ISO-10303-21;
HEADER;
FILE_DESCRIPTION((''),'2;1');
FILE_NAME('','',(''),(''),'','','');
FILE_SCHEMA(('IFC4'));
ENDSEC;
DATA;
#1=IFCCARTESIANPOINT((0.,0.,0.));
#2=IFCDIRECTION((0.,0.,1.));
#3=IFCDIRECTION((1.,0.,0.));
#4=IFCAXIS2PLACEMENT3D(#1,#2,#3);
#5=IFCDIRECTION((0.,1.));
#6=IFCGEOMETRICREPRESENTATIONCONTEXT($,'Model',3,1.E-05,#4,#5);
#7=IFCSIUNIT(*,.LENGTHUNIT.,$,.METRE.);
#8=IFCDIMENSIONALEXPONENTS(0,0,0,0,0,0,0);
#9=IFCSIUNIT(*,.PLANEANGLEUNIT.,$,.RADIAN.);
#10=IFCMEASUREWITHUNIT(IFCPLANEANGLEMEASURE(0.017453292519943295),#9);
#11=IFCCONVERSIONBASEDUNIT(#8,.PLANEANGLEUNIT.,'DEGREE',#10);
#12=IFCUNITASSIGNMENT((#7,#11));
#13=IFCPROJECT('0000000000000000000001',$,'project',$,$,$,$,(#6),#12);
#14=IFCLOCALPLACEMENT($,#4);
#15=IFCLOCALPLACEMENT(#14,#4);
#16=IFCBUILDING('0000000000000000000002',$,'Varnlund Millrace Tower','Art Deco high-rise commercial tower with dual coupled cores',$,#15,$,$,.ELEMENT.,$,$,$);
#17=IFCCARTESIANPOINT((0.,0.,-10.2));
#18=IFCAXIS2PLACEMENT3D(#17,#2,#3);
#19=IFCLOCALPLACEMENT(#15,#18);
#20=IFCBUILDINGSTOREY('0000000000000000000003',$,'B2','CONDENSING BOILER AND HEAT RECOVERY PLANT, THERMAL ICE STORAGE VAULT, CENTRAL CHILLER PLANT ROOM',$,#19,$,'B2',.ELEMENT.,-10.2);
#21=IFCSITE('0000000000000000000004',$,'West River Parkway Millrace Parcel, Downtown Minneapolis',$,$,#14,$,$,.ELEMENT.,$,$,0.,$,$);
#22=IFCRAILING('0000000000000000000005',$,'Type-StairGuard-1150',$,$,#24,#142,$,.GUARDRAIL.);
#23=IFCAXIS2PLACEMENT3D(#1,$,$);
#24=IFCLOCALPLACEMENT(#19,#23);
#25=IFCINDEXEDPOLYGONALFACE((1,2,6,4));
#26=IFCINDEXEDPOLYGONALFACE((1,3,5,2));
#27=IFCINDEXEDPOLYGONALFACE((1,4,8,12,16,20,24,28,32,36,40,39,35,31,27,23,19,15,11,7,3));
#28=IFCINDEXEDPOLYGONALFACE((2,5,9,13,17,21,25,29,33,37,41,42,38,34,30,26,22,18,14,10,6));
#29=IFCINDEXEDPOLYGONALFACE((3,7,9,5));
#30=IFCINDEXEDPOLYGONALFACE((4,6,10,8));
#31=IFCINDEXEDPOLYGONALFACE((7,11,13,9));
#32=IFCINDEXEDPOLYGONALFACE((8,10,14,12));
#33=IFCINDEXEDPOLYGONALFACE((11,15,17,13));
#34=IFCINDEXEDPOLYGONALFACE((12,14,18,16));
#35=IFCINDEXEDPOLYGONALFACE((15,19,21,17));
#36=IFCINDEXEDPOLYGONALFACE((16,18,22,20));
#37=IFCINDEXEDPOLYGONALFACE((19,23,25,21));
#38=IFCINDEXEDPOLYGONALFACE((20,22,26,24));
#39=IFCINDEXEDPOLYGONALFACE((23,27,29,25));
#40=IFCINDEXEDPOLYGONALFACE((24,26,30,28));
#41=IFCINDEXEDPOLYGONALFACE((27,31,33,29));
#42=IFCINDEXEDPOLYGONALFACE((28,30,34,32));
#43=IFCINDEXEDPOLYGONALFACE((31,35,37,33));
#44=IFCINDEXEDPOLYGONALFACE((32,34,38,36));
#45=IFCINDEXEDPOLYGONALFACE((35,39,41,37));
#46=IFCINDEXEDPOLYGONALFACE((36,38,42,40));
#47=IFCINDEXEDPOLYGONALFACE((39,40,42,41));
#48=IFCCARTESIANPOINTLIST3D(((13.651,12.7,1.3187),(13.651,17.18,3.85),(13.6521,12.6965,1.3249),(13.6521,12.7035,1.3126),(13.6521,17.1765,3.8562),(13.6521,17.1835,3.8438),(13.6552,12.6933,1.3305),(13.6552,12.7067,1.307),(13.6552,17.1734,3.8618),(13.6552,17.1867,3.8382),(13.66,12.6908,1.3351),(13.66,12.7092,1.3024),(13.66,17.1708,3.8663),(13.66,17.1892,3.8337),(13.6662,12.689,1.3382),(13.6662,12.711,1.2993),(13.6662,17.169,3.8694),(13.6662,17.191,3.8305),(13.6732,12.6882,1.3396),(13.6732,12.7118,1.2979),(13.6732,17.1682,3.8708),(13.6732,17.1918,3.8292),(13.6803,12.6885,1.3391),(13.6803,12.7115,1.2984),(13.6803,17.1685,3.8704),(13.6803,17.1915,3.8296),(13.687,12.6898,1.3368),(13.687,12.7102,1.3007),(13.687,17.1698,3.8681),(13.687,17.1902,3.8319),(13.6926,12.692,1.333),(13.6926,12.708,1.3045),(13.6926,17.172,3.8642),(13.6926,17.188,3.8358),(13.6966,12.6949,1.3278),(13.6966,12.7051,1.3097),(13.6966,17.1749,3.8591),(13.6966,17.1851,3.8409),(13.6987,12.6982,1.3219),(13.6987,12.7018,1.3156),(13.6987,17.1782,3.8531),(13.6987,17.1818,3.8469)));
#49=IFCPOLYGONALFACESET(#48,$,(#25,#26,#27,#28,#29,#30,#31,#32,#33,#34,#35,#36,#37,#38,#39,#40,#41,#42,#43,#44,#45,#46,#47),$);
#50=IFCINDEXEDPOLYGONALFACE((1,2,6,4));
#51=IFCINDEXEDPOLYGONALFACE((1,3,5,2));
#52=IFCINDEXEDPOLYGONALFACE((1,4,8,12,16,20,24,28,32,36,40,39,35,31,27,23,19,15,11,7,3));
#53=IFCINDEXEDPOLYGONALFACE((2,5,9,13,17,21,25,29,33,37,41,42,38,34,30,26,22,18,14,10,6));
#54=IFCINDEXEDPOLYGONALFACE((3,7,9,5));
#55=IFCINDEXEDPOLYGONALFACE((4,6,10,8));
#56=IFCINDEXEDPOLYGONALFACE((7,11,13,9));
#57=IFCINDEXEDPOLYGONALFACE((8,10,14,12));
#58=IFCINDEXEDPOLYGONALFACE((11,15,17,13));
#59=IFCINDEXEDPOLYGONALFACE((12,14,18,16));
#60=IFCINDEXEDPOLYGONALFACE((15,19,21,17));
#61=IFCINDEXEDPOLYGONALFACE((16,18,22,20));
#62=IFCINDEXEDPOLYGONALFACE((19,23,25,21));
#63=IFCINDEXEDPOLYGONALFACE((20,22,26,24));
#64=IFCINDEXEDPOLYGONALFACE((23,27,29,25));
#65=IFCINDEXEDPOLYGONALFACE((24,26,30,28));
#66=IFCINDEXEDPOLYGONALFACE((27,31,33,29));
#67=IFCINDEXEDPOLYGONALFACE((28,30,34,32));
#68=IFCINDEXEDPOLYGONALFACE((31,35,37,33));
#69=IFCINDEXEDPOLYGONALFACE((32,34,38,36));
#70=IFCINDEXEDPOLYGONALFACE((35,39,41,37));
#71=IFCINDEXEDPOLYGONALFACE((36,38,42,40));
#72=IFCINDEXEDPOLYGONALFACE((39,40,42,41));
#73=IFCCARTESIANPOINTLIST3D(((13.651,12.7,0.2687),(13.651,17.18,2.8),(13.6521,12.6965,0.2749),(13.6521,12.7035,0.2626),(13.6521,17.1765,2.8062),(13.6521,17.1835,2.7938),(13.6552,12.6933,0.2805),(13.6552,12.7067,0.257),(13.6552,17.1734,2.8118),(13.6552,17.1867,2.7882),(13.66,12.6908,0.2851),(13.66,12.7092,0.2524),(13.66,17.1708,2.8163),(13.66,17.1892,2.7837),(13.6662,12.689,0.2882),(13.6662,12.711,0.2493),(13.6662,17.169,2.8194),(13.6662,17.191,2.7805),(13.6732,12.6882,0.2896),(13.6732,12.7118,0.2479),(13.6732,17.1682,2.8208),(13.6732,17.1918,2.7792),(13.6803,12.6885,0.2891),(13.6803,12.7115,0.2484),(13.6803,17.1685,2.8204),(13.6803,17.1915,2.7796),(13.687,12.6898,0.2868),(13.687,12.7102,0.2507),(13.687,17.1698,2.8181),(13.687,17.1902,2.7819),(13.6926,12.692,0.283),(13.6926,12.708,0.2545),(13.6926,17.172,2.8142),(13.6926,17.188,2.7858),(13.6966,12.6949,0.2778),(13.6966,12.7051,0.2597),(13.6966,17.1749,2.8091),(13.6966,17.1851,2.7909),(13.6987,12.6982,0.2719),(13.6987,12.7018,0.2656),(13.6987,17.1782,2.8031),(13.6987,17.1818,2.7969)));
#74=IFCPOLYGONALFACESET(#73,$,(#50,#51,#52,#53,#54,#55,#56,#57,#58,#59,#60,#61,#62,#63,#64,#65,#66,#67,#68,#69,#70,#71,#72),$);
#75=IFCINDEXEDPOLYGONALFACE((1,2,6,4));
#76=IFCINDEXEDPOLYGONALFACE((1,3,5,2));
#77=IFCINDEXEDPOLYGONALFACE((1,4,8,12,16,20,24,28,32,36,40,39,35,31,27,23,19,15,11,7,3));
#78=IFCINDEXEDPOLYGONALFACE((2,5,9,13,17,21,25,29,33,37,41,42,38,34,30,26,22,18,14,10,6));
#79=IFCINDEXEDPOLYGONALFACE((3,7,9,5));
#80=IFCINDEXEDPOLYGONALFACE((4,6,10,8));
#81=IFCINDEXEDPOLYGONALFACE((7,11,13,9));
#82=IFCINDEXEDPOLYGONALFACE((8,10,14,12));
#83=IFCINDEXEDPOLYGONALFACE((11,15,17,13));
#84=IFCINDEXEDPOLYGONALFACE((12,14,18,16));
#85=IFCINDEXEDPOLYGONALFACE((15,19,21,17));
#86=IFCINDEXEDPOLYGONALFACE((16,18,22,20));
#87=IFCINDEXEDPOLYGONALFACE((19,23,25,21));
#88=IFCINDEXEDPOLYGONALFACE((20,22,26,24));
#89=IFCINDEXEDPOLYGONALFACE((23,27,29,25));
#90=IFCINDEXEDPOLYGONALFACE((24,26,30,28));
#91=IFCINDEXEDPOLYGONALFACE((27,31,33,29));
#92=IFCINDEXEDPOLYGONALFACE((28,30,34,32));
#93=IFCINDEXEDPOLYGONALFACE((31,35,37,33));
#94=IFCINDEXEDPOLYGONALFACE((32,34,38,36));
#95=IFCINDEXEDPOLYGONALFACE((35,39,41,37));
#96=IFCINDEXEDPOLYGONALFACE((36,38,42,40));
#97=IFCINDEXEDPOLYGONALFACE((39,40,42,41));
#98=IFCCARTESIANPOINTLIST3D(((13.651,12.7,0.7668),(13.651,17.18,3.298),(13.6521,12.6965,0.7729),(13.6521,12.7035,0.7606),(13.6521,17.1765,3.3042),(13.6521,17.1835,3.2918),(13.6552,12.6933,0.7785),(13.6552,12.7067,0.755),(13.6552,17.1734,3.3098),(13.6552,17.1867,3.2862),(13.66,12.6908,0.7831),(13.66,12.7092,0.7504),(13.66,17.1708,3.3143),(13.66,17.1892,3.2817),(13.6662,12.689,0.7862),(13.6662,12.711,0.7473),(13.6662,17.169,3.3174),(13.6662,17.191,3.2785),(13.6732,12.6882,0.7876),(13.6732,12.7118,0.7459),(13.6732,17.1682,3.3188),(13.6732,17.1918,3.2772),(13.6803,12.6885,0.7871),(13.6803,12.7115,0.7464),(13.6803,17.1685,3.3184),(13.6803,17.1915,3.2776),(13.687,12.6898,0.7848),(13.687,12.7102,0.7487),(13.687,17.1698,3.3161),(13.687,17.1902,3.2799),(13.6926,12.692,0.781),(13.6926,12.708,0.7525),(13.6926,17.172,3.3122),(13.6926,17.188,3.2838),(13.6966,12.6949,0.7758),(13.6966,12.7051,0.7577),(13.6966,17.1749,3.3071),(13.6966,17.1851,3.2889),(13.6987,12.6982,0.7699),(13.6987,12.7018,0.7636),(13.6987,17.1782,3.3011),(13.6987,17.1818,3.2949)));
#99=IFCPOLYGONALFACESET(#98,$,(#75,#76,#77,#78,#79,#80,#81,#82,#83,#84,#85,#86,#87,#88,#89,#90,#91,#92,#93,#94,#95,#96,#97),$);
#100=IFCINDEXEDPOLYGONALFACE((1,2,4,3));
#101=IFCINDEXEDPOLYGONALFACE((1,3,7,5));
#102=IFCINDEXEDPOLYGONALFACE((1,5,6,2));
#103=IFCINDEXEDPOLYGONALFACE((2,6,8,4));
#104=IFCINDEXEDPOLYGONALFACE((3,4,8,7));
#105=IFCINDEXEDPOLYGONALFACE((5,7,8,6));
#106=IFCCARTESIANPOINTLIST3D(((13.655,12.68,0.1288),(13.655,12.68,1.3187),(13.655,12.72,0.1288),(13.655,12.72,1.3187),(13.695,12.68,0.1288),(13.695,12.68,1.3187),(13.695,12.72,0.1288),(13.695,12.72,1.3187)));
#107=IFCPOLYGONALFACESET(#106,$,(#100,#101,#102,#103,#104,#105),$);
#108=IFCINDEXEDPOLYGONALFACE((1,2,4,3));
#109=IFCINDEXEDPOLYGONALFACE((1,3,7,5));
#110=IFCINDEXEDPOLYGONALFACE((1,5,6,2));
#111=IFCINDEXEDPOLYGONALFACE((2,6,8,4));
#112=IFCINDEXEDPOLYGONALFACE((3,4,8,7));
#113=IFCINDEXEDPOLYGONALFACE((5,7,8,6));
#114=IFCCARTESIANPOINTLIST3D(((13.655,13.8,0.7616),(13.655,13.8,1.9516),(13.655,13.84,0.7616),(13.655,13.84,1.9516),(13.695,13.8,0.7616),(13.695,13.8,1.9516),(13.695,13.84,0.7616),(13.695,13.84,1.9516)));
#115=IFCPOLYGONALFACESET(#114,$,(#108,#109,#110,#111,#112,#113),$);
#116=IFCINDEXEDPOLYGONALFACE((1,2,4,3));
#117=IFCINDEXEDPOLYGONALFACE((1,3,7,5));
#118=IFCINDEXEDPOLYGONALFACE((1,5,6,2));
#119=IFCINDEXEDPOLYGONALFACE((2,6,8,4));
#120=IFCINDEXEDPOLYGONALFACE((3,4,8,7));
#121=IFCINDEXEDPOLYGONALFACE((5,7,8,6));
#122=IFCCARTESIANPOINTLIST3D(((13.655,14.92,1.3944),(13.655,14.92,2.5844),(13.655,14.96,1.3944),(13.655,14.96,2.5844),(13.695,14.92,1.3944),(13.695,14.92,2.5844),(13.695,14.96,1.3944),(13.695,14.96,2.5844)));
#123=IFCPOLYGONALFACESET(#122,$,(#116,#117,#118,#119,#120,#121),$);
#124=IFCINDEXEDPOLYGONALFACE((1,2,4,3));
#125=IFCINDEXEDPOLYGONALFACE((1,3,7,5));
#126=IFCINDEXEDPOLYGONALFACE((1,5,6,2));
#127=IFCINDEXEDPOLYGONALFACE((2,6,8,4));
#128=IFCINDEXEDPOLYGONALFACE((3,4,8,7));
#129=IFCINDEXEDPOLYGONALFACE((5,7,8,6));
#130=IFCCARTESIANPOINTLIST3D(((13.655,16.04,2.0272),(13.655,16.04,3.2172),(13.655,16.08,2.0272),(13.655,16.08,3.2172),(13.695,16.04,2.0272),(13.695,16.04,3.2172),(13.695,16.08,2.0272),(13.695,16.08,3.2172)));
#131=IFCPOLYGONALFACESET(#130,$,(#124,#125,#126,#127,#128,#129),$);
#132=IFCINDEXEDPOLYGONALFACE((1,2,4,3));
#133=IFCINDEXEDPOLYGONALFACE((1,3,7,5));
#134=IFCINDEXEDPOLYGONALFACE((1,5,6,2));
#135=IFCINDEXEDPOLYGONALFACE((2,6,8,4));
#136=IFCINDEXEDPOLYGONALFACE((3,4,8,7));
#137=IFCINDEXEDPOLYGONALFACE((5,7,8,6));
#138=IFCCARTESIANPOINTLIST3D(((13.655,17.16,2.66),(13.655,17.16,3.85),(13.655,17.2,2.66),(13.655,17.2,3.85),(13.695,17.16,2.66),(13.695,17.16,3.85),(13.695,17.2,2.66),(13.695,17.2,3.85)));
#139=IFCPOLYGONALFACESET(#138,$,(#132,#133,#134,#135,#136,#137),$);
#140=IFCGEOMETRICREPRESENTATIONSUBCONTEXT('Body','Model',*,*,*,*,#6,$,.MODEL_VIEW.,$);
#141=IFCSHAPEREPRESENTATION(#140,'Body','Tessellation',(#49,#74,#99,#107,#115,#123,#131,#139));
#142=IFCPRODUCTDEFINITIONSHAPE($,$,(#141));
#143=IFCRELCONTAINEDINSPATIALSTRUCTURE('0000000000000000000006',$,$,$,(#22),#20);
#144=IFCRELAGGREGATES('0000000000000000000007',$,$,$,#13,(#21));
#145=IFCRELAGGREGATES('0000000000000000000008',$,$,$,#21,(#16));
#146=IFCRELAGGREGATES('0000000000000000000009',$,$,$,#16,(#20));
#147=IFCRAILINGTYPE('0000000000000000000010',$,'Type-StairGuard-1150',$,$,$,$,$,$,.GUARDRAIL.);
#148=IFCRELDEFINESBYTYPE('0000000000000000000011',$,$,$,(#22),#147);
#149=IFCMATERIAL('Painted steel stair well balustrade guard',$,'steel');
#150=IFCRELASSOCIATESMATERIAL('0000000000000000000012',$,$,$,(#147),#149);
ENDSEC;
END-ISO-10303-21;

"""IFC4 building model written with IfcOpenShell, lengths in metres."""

from ifc_helpers import new_model, entity, si_unit, converted_unit, direction, frame, origin_with_axes, origin_2d_with_axis, place, context, subcontext, project, spatial, rectangle, circle, extrude, material, type_object, element, save


model = new_model("IFC4")

# Units and contexts
model_context = context("Model", 3, precision=1e-05, world=origin_with_axes(), true_north=direction((0.0, 1.0)))
body_context = subcontext(model_context, "Body", "Model", "MODEL_VIEW")
ifc_project = project(units=[si_unit("LENGTHUNIT", "METRE"), converted_unit("PLANEANGLEUNIT", "DEGREE", entity("IfcPlaneAngleMeasure", 0.017453292519943295), si_unit("PLANEANGLEUNIT", "RADIAN"), dimensions=[0, 0, 0, 0, 0, 0, 0])], contexts=[model_context])

# Site, building, storey
site_placement = place(None, origin_with_axes())
site = spatial("IfcSite", under=ifc_project, at=site_placement, Name="West River Parkway Millrace Parcel, Downtown Minneapolis", CompositionType="ELEMENT", RefElevation=0.0)
building_placement = place(site_placement, origin_with_axes())
building = spatial("IfcBuilding", under=site, at=building_placement, Name="Varnlund Millrace Tower", Description="Art Deco high-rise commercial tower with dual coupled cores", CompositionType="ELEMENT")
storey_placement = place(building_placement, frame((0.0, 0.0, -10.2), z_axis=(0.0, 0.0, 1.0), x_axis=(1.0, 0.0, 0.0)))
storey = spatial("IfcBuildingStorey", under=building, at=storey_placement, Name="B2", Description="CONDENSING BOILER AND HEAT RECOVERY PLANT, THERMAL ICE STORAGE VAULT, CENTRAL CHILLER PLANT ROOM", LongName="B2", CompositionType="ELEMENT", Elevation=-10.2)

# Railing
ifc_material_1 = material(Name="Painted steel stair well balustrade guard", Category="steel")
railing_type_1 = type_object("IfcRailingType", Name="Type-StairGuard-1150", PredefinedType="GUARDRAIL", material=ifc_material_1)
railing_1_placement = place(storey_placement, frame((0.0, 0.0, 10.2), z_axis=(0.0, 0.0, 1.0), x_axis=(1.0, 0.0, 0.0)))
element("IfcRailing", 1, at=railing_1_placement, inside=storey, type_object=railing_type_1, Name="Type-StairGuard-1150", PredefinedType="GUARDRAIL", context=body_context, shape_type="SweptSolid", body=[
    extrude(circle(Radius=0.024, at=origin_2d_with_axis()), frame((13.675, 12.7, -8.8812), z_axis=(0.0, 0.87064, 0.491921), x_axis=(-1.0, 0.0, 0.0)), (0.0, 0.0, 1.0), 5.1456),
    extrude(circle(Radius=0.024, at=origin_2d_with_axis()), frame((13.675, 12.7, -9.9313), z_axis=(0.0, 0.87064, 0.491921), x_axis=(-1.0, 0.0, 0.0)), (0.0, 0.0, 1.0), 5.1456),
    extrude(circle(Radius=0.024, at=origin_2d_with_axis()), frame((13.675, 12.7, -9.4332), z_axis=(0.0, 0.87064, 0.491921), x_axis=(-1.0, 0.0, 0.0)), (0.0, 0.0, 1.0), 5.1456),
    extrude(rectangle(XDim=0.04, YDim=0.04, at=origin_2d_with_axis()), frame((13.675, 12.7, -10.0712), z_axis=(0.0, 0.0, 1.0), x_axis=(1.0, 0.0, 0.0)), (0.0, 0.0, 1.0), 1.19),
    extrude(rectangle(XDim=0.04, YDim=0.04, at=origin_2d_with_axis()), frame((13.675, 13.82, -9.4384), z_axis=(0.0, 0.0, 1.0), x_axis=(1.0, 0.0, 0.0)), (0.0, 0.0, 1.0), 1.19),
    extrude(rectangle(XDim=0.04, YDim=0.04, at=origin_2d_with_axis()), frame((13.675, 14.94, -8.8056), z_axis=(0.0, 0.0, 1.0), x_axis=(1.0, 0.0, 0.0)), (0.0, 0.0, 1.0), 1.19),
    extrude(rectangle(XDim=0.04, YDim=0.04, at=origin_2d_with_axis()), frame((13.675, 16.06, -8.1728), z_axis=(0.0, 0.0, 1.0), x_axis=(1.0, 0.0, 0.0)), (0.0, 0.0, 1.0), 1.19),
    extrude(rectangle(XDim=0.04, YDim=0.04, at=origin_2d_with_axis()), frame((13.675, 17.18, -7.54), z_axis=(0.0, 0.0, 1.0), x_axis=(1.0, 0.0, 0.0)), (0.0, 0.0, 1.0), 1.19),
])

save(model, "model.ifc")
